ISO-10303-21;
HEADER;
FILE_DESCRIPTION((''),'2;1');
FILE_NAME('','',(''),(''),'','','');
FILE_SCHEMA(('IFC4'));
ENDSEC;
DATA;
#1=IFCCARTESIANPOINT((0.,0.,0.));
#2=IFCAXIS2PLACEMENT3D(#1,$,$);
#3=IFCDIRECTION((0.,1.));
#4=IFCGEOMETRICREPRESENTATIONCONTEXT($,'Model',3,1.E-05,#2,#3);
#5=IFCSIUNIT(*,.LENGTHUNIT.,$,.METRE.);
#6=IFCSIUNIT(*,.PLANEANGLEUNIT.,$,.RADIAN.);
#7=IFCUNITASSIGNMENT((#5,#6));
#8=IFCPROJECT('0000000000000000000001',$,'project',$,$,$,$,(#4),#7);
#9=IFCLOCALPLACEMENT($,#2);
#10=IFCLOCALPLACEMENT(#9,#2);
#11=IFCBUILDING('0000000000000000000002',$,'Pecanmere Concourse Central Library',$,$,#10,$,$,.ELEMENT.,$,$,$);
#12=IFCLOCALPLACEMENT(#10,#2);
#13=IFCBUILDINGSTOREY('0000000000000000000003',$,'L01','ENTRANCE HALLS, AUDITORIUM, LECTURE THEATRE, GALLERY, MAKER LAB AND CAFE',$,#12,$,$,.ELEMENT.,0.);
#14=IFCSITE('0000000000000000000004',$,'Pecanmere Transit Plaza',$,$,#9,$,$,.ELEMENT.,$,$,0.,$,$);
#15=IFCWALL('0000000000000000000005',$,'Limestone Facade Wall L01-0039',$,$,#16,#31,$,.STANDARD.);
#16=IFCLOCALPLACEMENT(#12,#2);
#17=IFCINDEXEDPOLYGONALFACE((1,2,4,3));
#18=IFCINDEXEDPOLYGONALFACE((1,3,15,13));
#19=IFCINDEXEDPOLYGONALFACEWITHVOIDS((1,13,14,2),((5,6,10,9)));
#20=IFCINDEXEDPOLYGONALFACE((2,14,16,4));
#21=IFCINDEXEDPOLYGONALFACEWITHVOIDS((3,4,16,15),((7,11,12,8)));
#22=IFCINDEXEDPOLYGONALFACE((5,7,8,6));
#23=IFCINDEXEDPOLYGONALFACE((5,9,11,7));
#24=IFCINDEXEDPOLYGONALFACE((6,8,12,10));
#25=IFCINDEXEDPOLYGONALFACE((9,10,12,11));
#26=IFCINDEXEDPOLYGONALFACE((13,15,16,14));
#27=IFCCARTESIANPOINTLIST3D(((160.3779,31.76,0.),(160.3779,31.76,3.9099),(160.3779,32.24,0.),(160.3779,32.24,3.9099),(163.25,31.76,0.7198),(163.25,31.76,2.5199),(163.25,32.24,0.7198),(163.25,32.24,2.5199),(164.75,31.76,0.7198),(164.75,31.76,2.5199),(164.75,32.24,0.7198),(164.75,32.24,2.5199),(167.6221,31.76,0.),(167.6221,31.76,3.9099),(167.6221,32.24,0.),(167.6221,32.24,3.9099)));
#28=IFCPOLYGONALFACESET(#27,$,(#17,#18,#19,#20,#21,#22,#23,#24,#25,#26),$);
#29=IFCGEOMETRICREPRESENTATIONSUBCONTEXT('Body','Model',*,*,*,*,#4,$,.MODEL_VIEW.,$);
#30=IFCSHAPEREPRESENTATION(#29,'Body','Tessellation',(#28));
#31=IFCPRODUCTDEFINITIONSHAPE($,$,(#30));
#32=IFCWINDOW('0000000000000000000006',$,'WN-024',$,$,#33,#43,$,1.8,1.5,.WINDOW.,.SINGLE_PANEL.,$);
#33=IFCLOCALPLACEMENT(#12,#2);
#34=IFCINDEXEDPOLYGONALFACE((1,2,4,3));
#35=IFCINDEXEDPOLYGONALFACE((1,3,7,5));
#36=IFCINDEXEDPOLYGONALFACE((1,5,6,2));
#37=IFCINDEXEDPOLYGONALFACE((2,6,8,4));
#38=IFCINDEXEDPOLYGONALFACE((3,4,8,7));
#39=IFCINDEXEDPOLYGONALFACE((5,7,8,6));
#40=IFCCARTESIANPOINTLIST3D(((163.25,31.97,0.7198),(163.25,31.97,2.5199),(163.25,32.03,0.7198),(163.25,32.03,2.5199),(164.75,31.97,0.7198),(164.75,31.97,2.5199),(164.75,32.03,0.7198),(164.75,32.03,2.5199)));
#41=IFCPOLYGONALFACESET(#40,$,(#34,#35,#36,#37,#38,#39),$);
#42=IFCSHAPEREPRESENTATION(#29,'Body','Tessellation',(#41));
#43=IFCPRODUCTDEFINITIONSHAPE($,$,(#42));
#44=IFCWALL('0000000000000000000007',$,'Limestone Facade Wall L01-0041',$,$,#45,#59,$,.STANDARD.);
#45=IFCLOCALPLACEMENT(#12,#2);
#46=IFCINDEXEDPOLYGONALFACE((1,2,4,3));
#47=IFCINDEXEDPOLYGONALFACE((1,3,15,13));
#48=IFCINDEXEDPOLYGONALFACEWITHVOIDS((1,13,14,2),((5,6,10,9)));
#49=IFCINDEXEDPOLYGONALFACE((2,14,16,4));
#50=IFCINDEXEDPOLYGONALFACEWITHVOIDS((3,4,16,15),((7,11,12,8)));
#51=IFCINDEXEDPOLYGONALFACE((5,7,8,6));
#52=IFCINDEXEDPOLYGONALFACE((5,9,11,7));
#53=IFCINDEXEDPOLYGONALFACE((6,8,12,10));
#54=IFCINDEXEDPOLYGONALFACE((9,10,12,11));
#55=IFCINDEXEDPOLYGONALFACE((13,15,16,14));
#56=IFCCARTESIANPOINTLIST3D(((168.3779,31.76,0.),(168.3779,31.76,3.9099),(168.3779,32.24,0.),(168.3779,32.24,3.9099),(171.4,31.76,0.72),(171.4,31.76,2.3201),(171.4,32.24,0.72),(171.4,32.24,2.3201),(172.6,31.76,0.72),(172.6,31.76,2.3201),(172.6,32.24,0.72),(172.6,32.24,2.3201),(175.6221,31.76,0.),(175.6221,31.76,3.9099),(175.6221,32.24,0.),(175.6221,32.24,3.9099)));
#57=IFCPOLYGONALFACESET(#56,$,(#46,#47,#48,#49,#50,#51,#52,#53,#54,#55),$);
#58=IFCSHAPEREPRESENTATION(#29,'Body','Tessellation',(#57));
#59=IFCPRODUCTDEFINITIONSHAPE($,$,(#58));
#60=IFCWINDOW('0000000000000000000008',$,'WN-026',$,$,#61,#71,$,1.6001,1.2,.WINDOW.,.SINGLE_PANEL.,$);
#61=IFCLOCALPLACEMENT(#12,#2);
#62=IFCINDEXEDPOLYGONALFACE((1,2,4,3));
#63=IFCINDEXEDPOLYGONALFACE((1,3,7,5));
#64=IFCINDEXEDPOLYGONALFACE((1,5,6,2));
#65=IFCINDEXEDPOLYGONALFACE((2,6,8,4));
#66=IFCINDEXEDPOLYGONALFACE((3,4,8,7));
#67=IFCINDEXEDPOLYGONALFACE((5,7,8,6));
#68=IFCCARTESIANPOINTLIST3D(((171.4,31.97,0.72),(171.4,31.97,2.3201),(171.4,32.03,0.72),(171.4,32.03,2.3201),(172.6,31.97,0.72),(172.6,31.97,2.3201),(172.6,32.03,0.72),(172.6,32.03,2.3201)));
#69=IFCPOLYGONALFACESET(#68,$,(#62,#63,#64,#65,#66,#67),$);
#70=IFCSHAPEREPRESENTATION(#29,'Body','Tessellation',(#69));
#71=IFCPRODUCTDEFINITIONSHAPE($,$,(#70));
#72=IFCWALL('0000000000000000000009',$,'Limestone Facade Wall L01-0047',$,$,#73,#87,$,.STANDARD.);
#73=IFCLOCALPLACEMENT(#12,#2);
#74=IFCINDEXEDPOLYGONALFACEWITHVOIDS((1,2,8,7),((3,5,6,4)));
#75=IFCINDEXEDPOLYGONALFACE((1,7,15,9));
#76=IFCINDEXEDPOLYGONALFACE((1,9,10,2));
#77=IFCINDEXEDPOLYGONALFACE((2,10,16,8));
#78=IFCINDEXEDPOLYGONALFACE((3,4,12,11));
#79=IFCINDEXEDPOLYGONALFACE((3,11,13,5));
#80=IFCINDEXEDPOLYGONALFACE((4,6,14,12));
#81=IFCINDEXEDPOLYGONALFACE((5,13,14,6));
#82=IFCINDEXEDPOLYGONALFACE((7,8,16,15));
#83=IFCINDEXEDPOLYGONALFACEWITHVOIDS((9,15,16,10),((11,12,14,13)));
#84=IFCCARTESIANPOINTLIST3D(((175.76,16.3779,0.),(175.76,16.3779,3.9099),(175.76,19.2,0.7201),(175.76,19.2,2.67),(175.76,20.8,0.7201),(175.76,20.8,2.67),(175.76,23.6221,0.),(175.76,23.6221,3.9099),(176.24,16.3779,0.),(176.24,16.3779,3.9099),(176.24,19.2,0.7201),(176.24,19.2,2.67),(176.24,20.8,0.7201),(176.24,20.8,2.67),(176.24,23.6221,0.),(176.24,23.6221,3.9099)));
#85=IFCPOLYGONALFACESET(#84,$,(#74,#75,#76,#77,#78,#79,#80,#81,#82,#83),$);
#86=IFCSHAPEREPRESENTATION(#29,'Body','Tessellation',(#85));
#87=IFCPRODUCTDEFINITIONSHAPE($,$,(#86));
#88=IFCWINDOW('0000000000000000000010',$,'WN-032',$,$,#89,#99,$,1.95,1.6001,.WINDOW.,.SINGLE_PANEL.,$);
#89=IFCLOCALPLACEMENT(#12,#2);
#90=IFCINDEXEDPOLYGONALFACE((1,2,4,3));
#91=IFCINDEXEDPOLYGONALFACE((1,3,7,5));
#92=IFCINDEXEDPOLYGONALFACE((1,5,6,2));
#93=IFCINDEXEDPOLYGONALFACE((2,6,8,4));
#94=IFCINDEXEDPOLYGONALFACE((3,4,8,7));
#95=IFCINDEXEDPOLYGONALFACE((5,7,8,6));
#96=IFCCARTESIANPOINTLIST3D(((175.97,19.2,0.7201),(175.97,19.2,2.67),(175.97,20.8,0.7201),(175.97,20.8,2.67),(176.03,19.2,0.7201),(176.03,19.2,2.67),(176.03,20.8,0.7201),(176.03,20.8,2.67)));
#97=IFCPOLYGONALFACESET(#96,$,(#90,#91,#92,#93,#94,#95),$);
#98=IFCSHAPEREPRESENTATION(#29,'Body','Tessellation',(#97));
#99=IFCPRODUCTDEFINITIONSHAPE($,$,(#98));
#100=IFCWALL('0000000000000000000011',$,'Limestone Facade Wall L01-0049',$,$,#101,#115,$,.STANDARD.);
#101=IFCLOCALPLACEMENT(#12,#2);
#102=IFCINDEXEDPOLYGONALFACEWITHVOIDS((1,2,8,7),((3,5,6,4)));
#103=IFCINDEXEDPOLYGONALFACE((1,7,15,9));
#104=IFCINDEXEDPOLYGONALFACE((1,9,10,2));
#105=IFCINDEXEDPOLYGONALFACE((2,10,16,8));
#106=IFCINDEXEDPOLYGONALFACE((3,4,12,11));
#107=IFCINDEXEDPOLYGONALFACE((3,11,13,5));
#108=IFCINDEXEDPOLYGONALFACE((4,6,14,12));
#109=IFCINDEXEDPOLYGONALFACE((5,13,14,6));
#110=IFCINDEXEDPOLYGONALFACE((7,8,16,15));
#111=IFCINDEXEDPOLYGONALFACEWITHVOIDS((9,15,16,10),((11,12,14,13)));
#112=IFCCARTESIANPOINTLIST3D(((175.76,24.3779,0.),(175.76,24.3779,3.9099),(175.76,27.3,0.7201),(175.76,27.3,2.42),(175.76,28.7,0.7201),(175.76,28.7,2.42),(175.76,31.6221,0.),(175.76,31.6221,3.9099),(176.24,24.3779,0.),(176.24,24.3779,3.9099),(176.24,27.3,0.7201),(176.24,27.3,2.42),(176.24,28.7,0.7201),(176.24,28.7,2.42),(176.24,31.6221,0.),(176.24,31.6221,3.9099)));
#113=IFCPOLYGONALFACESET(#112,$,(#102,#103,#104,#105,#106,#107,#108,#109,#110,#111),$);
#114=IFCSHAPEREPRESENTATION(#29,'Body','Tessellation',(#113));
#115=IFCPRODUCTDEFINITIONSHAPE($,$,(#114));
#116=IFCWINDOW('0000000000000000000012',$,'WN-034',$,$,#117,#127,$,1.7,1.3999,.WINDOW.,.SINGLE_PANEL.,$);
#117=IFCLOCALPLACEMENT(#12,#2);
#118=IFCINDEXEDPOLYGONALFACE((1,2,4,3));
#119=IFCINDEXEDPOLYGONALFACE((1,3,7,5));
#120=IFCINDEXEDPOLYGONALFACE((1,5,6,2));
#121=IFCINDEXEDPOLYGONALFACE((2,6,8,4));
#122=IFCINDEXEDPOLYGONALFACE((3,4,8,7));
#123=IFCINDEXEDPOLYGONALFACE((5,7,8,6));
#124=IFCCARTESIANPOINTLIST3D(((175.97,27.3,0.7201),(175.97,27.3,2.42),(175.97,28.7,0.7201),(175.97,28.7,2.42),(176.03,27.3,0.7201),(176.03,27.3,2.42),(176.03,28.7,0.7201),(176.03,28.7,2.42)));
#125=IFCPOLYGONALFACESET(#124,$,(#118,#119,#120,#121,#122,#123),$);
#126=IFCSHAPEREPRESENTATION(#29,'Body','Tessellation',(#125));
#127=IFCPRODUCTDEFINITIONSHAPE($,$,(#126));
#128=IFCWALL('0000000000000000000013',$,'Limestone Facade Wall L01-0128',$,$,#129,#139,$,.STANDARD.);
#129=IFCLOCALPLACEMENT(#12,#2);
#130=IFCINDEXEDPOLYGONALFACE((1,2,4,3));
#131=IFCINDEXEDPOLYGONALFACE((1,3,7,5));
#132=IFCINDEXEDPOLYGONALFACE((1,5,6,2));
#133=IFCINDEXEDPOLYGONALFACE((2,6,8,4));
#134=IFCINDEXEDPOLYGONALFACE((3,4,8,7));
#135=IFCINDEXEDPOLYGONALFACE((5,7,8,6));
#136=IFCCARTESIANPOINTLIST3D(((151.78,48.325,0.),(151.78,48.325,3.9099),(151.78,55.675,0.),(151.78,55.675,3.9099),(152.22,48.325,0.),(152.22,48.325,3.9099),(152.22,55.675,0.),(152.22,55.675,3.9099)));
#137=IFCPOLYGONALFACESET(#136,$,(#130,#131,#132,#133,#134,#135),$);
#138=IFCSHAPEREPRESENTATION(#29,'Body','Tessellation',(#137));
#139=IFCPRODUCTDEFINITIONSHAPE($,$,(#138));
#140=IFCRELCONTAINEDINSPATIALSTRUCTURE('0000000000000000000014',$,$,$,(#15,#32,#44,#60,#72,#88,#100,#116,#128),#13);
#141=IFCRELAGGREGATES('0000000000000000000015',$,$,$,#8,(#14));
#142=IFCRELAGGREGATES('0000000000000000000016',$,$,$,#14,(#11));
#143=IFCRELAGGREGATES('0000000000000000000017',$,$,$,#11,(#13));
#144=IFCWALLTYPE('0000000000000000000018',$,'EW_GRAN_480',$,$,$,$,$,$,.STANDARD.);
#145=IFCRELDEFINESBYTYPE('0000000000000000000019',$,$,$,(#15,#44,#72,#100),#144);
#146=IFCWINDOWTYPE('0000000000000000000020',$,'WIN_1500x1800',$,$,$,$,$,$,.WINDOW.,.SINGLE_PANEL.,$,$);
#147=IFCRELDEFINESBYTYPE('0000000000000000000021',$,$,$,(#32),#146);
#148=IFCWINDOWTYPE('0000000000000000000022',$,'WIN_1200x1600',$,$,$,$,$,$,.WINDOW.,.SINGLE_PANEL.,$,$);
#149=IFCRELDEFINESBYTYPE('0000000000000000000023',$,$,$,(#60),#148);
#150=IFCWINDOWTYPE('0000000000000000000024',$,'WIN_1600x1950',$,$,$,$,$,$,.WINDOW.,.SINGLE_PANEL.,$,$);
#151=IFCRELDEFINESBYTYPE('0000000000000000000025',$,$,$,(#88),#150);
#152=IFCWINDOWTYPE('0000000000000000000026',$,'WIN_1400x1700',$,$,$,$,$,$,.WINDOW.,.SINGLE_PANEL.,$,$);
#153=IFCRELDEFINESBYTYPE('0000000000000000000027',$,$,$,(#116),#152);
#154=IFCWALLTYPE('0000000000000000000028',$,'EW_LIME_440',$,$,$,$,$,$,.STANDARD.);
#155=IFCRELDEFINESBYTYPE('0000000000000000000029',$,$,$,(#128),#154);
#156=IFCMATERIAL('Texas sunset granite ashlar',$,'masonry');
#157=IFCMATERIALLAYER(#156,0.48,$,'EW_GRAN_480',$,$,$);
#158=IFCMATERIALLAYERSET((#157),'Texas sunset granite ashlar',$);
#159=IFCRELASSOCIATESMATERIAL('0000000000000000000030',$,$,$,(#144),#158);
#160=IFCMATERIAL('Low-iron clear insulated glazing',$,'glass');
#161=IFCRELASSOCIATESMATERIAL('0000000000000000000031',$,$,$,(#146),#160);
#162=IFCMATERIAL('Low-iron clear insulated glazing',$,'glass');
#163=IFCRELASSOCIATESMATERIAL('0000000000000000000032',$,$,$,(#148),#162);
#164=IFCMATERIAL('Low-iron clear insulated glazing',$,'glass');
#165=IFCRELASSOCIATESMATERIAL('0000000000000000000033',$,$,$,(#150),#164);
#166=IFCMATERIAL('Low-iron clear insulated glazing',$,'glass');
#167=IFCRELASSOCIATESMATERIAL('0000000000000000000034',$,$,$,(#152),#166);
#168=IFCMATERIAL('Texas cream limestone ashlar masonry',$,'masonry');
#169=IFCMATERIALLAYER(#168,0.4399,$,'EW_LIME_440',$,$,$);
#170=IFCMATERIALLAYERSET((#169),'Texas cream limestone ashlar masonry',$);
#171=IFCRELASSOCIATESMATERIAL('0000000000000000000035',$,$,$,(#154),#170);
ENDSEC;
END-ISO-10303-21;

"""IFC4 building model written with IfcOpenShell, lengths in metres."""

from ifc_helpers import new_model, si_unit, direction, frame, frame_2d, origin, place, context, subcontext, project, spatial, rectangle, extrude, material, layer, layer_set, type_object, element, fill, save


model = new_model("IFC4")

# Units and contexts
model_context = context("Model", 3, precision=1e-05, world=origin(), true_north=direction((0.0, 1.0)))
body_context = subcontext(model_context, "Body", "Model", "MODEL_VIEW")
ifc_project = project(units=[si_unit("LENGTHUNIT", "METRE"), si_unit("PLANEANGLEUNIT", "RADIAN")], contexts=[model_context])

# Site, building, storey
site_placement = place(None, origin())
site = spatial("IfcSite", under=ifc_project, at=site_placement, Name="Pecanmere Transit Plaza", CompositionType="ELEMENT", RefElevation=0.0)
building_placement = place(site_placement, origin())
building = spatial("IfcBuilding", under=site, at=building_placement, Name="Pecanmere Concourse Central Library", CompositionType="ELEMENT")
storey_placement = place(building_placement, origin())
storey = spatial("IfcBuildingStorey", under=building, at=storey_placement, Name="L01", Description="ENTRANCE HALLS, AUDITORIUM, LECTURE THEATRE, GALLERY, MAKER LAB AND CAFE", CompositionType="ELEMENT", Elevation=0.0)

# Walls, openings, windows
ifc_material_1 = material(Name="Texas sunset granite ashlar", Category="masonry")
ifc_layer_1 = layer(ifc_material_1, 0.48, Name="EW_GRAN_480")
ifc_layer_set_1 = layer_set([ifc_layer_1], Name="Texas sunset granite ashlar")
wall_type_1 = type_object("IfcWallType", Name="EW_GRAN_480", PredefinedType="STANDARD", material=ifc_layer_set_1)
wall_1_placement = place(storey_placement, frame((167.6221, 32.0, 0.0), z_axis=(0.0, 0.0, 1.0), x_axis=(-1.0, 0.0, 0.0)))
wall_1 = element("IfcWall", 1, at=wall_1_placement, inside=storey, type_object=wall_type_1, Name="Limestone Facade Wall L01-0039", PredefinedType="STANDARD", context=body_context, shape_type="SweptSolid", body=[
    extrude(rectangle(XDim=7.2441, YDim=0.48, at=frame_2d((3.6221, 0.0))), origin(), (0.0, 0.0, 1.0), 3.9099),
])
opening_1_placement = place(wall_1_placement, frame((2.8721, 0.0, 0.72)))
opening_1 = element("IfcOpeningElement", 2, at=opening_1_placement, cuts=wall_1, PredefinedType="OPENING", context=body_context, shape_type="SweptSolid", body=[
    extrude(rectangle(XDim=1.5, YDim=1.8, at=frame_2d((0.75, 0.8999))), frame((0.0, 0.252, 0.0), z_axis=(0.0, -1.0, 0.0), x_axis=(1.0, 0.0, 0.0)), (0.0, 0.0, 1.0), 0.5039),
])
ifc_material_2 = material(Name="Low-iron clear insulated glazing", Category="glass")
window_type_1 = type_object("IfcWindowType", Name="WIN_1500x1800", PartitioningType="SINGLE_PANEL", PredefinedType="WINDOW", material=ifc_material_2)
window_1_placement = place(opening_1_placement, origin())
window_1 = element("IfcWindow", 3, at=window_1_placement, inside=storey, type_object=window_type_1, Name="WN-024", OverallHeight=1.8, OverallWidth=1.5, PartitioningType="SINGLE_PANEL", PredefinedType="WINDOW", context=body_context, shape_type="SweptSolid", body=[
    extrude(rectangle(XDim=1.5, YDim=1.8, at=frame_2d((0.75, 0.8999))), frame((0.0, 0.03, 0.0), z_axis=(0.0, -1.0, 0.0), x_axis=(1.0, 0.0, 0.0)), (0.0, 0.0, 1.0), 0.0601),
])
fill(opening_1, window_1)
wall_2_placement = place(storey_placement, frame((175.6221, 32.0, 0.0), z_axis=(0.0, 0.0, 1.0), x_axis=(-1.0, 0.0, 0.0)))
wall_2 = element("IfcWall", 4, at=wall_2_placement, inside=storey, type_object=wall_type_1, Name="Limestone Facade Wall L01-0041", PredefinedType="STANDARD", context=body_context, shape_type="SweptSolid", body=[
    extrude(rectangle(XDim=7.2441, YDim=0.48, at=frame_2d((3.6221, 0.0))), origin(), (0.0, 0.0, 1.0), 3.9099),
])
opening_2_placement = place(wall_2_placement, frame((3.022, 0.0, 0.72)))
opening_2 = element("IfcOpeningElement", 5, at=opening_2_placement, cuts=wall_2, PredefinedType="OPENING", context=body_context, shape_type="SweptSolid", body=[
    extrude(rectangle(XDim=1.2, YDim=1.6001, at=frame_2d((0.6001, 0.8))), frame((0.0, 0.252, 0.0), z_axis=(0.0, -1.0, 0.0), x_axis=(1.0, 0.0, 0.0)), (0.0, 0.0, 1.0), 0.5039),
])
ifc_material_3 = material(Name="Low-iron clear insulated glazing", Category="glass")
window_type_2 = type_object("IfcWindowType", Name="WIN_1200x1600", PartitioningType="SINGLE_PANEL", PredefinedType="WINDOW", material=ifc_material_3)
window_2_placement = place(opening_2_placement, origin())
window_2 = element("IfcWindow", 6, at=window_2_placement, inside=storey, type_object=window_type_2, Name="WN-026", OverallHeight=1.6001, OverallWidth=1.2, PartitioningType="SINGLE_PANEL", PredefinedType="WINDOW", context=body_context, shape_type="SweptSolid", body=[
    extrude(rectangle(XDim=1.2, YDim=1.6001, at=frame_2d((0.6001, 0.8))), frame((0.0, 0.03, 0.0), z_axis=(0.0, -1.0, 0.0), x_axis=(1.0, 0.0, 0.0)), (0.0, 0.0, 1.0), 0.0601),
])
fill(opening_2, window_2)
wall_3_placement = place(storey_placement, frame((176.0, 16.3779, 0.0), z_axis=(0.0, 0.0, 1.0), x_axis=(0.0, 1.0, 0.0)))
wall_3 = element("IfcWall", 7, at=wall_3_placement, inside=storey, type_object=wall_type_1, Name="Limestone Facade Wall L01-0047", PredefinedType="STANDARD", context=body_context, shape_type="SweptSolid", body=[
    extrude(rectangle(XDim=7.2441, YDim=0.48, at=frame_2d((3.6221, 0.0))), origin(), (0.0, 0.0, 1.0), 3.9099),
])
opening_3_placement = place(wall_3_placement, frame((2.822, 0.0, 0.72)))
opening_3 = element("IfcOpeningElement", 8, at=opening_3_placement, cuts=wall_3, PredefinedType="OPENING", context=body_context, shape_type="SweptSolid", body=[
    extrude(rectangle(XDim=1.6001, YDim=1.95, at=frame_2d((0.8, 0.9751))), frame((0.0, 0.252, 0.0), z_axis=(0.0, -1.0, 0.0), x_axis=(1.0, 0.0, 0.0)), (0.0, 0.0, 1.0), 0.5039),
])
ifc_material_4 = material(Name="Low-iron clear insulated glazing", Category="glass")
window_type_3 = type_object("IfcWindowType", Name="WIN_1600x1950", PartitioningType="SINGLE_PANEL", PredefinedType="WINDOW", material=ifc_material_4)
window_3_placement = place(opening_3_placement, origin())
window_3 = element("IfcWindow", 9, at=window_3_placement, inside=storey, type_object=window_type_3, Name="WN-032", OverallHeight=1.95, OverallWidth=1.6001, PartitioningType="SINGLE_PANEL", PredefinedType="WINDOW", context=body_context, shape_type="SweptSolid", body=[
    extrude(rectangle(XDim=1.6001, YDim=1.95, at=frame_2d((0.8, 0.9751))), frame((0.0, 0.03, 0.0), z_axis=(0.0, -1.0, 0.0), x_axis=(1.0, 0.0, 0.0)), (0.0, 0.0, 1.0), 0.0601),
])
fill(opening_3, window_3)
wall_4_placement = place(storey_placement, frame((176.0, 24.3779, 0.0), z_axis=(0.0, 0.0, 1.0), x_axis=(0.0, 1.0, 0.0)))
wall_4 = element("IfcWall", 10, at=wall_4_placement, inside=storey, type_object=wall_type_1, Name="Limestone Facade Wall L01-0049", PredefinedType="STANDARD", context=body_context, shape_type="SweptSolid", body=[
    extrude(rectangle(XDim=7.2441, YDim=0.48, at=frame_2d((3.6221, 0.0))), origin(), (0.0, 0.0, 1.0), 3.9099),
])
opening_4_placement = place(wall_4_placement, frame((2.9221, 0.0, 0.72)))
opening_4 = element("IfcOpeningElement", 11, at=opening_4_placement, cuts=wall_4, PredefinedType="OPENING", context=body_context, shape_type="SweptSolid", body=[
    extrude(rectangle(XDim=1.3999, YDim=1.7, at=frame_2d((0.7, 0.8501))), frame((0.0, 0.252, 0.0), z_axis=(0.0, -1.0, 0.0), x_axis=(1.0, 0.0, 0.0)), (0.0, 0.0, 1.0), 0.5039),
])
ifc_material_5 = material(Name="Low-iron clear insulated glazing", Category="glass")
window_type_4 = type_object("IfcWindowType", Name="WIN_1400x1700", PartitioningType="SINGLE_PANEL", PredefinedType="WINDOW", material=ifc_material_5)
window_4_placement = place(opening_4_placement, origin())
window_4 = element("IfcWindow", 12, at=window_4_placement, inside=storey, type_object=window_type_4, Name="WN-034", OverallHeight=1.7, OverallWidth=1.3999, PartitioningType="SINGLE_PANEL", PredefinedType="WINDOW", context=body_context, shape_type="SweptSolid", body=[
    extrude(rectangle(XDim=1.3999, YDim=1.7, at=frame_2d((0.7, 0.8501))), frame((0.0, 0.03, 0.0), z_axis=(0.0, -1.0, 0.0), x_axis=(1.0, 0.0, 0.0)), (0.0, 0.0, 1.0), 0.0601),
])
fill(opening_4, window_4)

# Wall
ifc_material_6 = material(Name="Texas cream limestone ashlar masonry", Category="masonry")
ifc_layer_2 = layer(ifc_material_6, 0.4399, Name="EW_LIME_440")
ifc_layer_set_2 = layer_set([ifc_layer_2], Name="Texas cream limestone ashlar masonry")
wall_type_2 = type_object("IfcWallType", Name="EW_LIME_440", PredefinedType="STANDARD", material=ifc_layer_set_2)
wall_5_placement = place(storey_placement, frame((152.0, 48.325, 0.0), z_axis=(0.0, 0.0, 1.0), x_axis=(0.0, 1.0, 0.0)))
element("IfcWall", 13, at=wall_5_placement, inside=storey, type_object=wall_type_2, Name="Limestone Facade Wall L01-0128", PredefinedType="STANDARD", context=body_context, shape_type="SweptSolid", body=[
    extrude(rectangle(XDim=7.3501, YDim=0.4399, at=frame_2d((3.675, 0.0))), origin(), (0.0, 0.0, 1.0), 3.9099),
])

save(model, "model.ifc")
